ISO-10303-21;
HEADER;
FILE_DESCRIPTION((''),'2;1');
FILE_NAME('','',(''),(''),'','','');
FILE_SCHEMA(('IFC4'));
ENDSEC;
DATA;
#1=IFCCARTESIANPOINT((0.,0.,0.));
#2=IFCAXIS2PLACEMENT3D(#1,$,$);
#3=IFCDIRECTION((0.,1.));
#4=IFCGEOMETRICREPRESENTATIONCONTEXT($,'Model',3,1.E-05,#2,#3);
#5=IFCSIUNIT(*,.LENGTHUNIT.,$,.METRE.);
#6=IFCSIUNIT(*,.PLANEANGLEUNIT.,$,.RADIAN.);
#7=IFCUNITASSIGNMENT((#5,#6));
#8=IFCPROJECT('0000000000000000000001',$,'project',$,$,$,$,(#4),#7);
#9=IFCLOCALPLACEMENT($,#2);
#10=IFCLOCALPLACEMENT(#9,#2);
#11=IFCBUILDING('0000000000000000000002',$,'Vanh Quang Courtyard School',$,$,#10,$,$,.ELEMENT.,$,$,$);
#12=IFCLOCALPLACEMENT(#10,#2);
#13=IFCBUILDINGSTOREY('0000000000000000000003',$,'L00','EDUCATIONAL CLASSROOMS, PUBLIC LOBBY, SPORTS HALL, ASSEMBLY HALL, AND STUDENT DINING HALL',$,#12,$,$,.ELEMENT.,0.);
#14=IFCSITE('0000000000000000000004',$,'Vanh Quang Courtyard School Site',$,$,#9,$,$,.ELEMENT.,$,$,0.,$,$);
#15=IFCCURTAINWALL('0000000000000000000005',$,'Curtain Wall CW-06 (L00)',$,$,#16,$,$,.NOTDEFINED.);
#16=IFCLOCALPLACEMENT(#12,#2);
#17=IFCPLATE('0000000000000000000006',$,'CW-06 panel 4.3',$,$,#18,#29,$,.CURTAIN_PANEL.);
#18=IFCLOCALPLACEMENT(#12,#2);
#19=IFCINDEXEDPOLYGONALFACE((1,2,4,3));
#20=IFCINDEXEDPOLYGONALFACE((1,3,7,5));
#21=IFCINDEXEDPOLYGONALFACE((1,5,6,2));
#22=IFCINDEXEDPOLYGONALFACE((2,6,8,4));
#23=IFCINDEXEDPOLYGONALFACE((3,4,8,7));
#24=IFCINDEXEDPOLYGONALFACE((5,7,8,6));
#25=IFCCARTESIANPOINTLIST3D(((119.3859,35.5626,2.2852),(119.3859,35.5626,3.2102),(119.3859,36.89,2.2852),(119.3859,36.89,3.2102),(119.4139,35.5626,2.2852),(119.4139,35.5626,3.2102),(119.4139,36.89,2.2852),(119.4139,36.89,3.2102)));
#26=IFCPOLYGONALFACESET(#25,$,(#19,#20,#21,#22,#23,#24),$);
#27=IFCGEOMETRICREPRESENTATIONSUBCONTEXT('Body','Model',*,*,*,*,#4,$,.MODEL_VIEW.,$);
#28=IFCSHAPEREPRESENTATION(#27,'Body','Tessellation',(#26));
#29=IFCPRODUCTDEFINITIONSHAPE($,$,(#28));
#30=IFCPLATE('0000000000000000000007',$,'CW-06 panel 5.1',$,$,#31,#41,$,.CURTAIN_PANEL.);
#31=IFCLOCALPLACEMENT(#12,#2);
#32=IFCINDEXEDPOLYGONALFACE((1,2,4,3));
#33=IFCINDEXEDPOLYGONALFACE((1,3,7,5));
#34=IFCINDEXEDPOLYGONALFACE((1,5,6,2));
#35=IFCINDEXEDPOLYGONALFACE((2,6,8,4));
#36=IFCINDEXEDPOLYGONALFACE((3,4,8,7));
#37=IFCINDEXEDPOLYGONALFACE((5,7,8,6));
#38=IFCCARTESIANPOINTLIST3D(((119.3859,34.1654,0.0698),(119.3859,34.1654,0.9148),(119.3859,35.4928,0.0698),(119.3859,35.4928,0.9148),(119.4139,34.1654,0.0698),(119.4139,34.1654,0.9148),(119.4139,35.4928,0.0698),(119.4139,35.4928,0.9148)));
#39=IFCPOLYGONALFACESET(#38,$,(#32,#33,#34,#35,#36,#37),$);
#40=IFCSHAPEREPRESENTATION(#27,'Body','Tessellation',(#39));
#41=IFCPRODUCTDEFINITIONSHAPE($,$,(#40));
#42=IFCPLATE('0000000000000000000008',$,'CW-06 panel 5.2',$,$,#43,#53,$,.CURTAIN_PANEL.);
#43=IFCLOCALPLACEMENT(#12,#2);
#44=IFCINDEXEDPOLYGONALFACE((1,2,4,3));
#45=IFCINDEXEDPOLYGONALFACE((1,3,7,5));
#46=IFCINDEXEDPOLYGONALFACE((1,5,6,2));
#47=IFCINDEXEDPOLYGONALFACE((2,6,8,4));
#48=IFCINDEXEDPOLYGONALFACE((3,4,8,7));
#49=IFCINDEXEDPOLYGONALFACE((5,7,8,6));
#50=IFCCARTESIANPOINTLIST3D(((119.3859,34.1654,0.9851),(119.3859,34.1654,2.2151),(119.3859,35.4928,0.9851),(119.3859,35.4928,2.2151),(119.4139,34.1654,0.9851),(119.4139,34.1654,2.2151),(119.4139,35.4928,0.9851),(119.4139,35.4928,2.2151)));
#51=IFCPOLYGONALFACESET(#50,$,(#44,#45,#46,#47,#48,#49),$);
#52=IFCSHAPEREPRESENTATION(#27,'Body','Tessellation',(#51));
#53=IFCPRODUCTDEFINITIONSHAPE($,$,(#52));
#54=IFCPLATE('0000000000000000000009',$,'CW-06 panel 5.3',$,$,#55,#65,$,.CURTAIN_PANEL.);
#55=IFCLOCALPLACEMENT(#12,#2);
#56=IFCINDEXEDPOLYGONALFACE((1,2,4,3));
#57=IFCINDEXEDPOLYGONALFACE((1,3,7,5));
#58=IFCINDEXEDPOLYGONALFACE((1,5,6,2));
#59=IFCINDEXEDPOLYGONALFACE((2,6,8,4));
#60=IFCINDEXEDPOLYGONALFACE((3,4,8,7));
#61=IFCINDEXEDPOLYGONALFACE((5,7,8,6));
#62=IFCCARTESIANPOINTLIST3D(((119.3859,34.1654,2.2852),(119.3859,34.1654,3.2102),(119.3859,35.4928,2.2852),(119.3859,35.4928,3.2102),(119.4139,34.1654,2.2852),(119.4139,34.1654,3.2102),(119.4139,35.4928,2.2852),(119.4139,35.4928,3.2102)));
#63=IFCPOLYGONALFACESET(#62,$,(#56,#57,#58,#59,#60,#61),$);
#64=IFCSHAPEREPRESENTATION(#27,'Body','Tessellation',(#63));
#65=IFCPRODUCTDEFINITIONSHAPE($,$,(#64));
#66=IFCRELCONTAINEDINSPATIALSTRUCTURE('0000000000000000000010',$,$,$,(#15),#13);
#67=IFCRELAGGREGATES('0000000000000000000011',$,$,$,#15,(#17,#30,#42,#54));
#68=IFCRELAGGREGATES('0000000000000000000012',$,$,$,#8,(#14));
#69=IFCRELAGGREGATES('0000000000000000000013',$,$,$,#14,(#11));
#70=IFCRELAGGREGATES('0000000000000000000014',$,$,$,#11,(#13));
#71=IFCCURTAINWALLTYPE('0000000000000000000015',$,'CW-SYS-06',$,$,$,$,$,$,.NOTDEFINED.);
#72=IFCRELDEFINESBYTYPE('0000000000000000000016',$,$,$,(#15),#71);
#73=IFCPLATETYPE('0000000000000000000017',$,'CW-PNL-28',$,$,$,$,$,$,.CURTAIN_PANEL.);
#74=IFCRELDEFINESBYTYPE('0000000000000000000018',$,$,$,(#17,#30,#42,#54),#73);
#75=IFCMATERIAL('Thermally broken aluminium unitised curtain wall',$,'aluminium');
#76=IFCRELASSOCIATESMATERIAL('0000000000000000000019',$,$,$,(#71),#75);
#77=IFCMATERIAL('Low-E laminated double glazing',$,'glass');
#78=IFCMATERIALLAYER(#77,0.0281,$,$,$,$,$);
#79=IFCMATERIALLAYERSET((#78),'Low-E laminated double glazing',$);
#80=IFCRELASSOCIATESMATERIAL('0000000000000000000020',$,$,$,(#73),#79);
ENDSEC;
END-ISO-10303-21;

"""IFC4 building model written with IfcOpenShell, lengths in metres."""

from ifc_helpers import new_model, si_unit, direction, frame, origin, origin_2d, place, context, subcontext, project, spatial, rectangle, extrude, material, layer, layer_set, type_object, element, aggregate, save


model = new_model("IFC4")

# Units and contexts
model_context = context("Model", 3, precision=1e-05, world=origin(), true_north=direction((0.0, 1.0)))
body_context = subcontext(model_context, "Body", "Model", "MODEL_VIEW")
ifc_project = project(units=[si_unit("LENGTHUNIT", "METRE"), si_unit("PLANEANGLEUNIT", "RADIAN")], contexts=[model_context])

# Site, building, storey
site_placement = place(None, origin())
site = spatial("IfcSite", under=ifc_project, at=site_placement, Name="Vanh Quang Courtyard School Site", CompositionType="ELEMENT", RefElevation=0.0)
building_placement = place(site_placement, origin())
building = spatial("IfcBuilding", under=site, at=building_placement, Name="Vanh Quang Courtyard School", CompositionType="ELEMENT")
storey_placement = place(building_placement, origin())
storey = spatial("IfcBuildingStorey", under=building, at=storey_placement, Name="L00", Description="EDUCATIONAL CLASSROOMS, PUBLIC LOBBY, SPORTS HALL, ASSEMBLY HALL, AND STUDENT DINING HALL", CompositionType="ELEMENT", Elevation=0.0)

# Curtain wall, plates
ifc_material_1 = material(Name="Thermally broken aluminium unitised curtain wall", Category="aluminium")
curtain_wall_type = type_object("IfcCurtainWallType", Name="CW-SYS-06", PredefinedType="NOTDEFINED", material=ifc_material_1)
curtain_wall_placement = place(storey_placement, origin())
curtain_wall = element("IfcCurtainWall", 1, at=curtain_wall_placement, inside=storey, type_object=curtain_wall_type, Name="Curtain Wall CW-06 (L00)", PredefinedType="NOTDEFINED")
ifc_material_2 = material(Name="Low-E laminated double glazing", Category="glass")
ifc_layer = layer(ifc_material_2, 0.0281)
ifc_layer_set = layer_set([ifc_layer], Name="Low-E laminated double glazing")
plate_type = type_object("IfcPlateType", Name="CW-PNL-28", PredefinedType="CURTAIN_PANEL", material=ifc_layer_set)
plate_1_placement = place(storey_placement, frame((119.3999, 36.2263, 2.2852), z_axis=(0.0, 0.0, 1.0), x_axis=(0.0, -1.0, 0.0)))
plate_1 = element("IfcPlate", 2, at=plate_1_placement, type_object=plate_type, Name="CW-06 panel 4.3", PredefinedType="CURTAIN_PANEL", context=body_context, shape_type="SweptSolid", body=[
    extrude(rectangle(XDim=1.3274, YDim=0.0281, at=origin_2d()), origin(), (0.0, 0.0, 1.0), 0.925),
])
plate_2_placement = place(storey_placement, frame((119.3999, 34.8291, 0.0698), z_axis=(0.0, 0.0, 1.0), x_axis=(0.0, -1.0, 0.0)))
plate_2 = element("IfcPlate", 3, at=plate_2_placement, type_object=plate_type, Name="CW-06 panel 5.1", PredefinedType="CURTAIN_PANEL", context=body_context, shape_type="SweptSolid", body=[
    extrude(rectangle(XDim=1.3274, YDim=0.0281, at=origin_2d()), origin(), (0.0, 0.0, 1.0), 0.845),
])
plate_3_placement = place(storey_placement, frame((119.3999, 34.8291, 0.9851), z_axis=(0.0, 0.0, 1.0), x_axis=(0.0, -1.0, 0.0)))
plate_3 = element("IfcPlate", 4, at=plate_3_placement, type_object=plate_type, Name="CW-06 panel 5.2", PredefinedType="CURTAIN_PANEL", context=body_context, shape_type="SweptSolid", body=[
    extrude(rectangle(XDim=1.3274, YDim=0.0281, at=origin_2d()), origin(), (0.0, 0.0, 1.0), 1.23),
])
plate_4_placement = place(storey_placement, frame((119.3999, 34.8291, 2.2852), z_axis=(0.0, 0.0, 1.0), x_axis=(0.0, -1.0, 0.0)))
plate_4 = element("IfcPlate", 5, at=plate_4_placement, type_object=plate_type, Name="CW-06 panel 5.3", PredefinedType="CURTAIN_PANEL", context=body_context, shape_type="SweptSolid", body=[
    extrude(rectangle(XDim=1.3274, YDim=0.0281, at=origin_2d()), origin(), (0.0, 0.0, 1.0), 0.925),
])
aggregate(curtain_wall, [plate_1, plate_2, plate_3, plate_4])

save(model, "model.ifc")
